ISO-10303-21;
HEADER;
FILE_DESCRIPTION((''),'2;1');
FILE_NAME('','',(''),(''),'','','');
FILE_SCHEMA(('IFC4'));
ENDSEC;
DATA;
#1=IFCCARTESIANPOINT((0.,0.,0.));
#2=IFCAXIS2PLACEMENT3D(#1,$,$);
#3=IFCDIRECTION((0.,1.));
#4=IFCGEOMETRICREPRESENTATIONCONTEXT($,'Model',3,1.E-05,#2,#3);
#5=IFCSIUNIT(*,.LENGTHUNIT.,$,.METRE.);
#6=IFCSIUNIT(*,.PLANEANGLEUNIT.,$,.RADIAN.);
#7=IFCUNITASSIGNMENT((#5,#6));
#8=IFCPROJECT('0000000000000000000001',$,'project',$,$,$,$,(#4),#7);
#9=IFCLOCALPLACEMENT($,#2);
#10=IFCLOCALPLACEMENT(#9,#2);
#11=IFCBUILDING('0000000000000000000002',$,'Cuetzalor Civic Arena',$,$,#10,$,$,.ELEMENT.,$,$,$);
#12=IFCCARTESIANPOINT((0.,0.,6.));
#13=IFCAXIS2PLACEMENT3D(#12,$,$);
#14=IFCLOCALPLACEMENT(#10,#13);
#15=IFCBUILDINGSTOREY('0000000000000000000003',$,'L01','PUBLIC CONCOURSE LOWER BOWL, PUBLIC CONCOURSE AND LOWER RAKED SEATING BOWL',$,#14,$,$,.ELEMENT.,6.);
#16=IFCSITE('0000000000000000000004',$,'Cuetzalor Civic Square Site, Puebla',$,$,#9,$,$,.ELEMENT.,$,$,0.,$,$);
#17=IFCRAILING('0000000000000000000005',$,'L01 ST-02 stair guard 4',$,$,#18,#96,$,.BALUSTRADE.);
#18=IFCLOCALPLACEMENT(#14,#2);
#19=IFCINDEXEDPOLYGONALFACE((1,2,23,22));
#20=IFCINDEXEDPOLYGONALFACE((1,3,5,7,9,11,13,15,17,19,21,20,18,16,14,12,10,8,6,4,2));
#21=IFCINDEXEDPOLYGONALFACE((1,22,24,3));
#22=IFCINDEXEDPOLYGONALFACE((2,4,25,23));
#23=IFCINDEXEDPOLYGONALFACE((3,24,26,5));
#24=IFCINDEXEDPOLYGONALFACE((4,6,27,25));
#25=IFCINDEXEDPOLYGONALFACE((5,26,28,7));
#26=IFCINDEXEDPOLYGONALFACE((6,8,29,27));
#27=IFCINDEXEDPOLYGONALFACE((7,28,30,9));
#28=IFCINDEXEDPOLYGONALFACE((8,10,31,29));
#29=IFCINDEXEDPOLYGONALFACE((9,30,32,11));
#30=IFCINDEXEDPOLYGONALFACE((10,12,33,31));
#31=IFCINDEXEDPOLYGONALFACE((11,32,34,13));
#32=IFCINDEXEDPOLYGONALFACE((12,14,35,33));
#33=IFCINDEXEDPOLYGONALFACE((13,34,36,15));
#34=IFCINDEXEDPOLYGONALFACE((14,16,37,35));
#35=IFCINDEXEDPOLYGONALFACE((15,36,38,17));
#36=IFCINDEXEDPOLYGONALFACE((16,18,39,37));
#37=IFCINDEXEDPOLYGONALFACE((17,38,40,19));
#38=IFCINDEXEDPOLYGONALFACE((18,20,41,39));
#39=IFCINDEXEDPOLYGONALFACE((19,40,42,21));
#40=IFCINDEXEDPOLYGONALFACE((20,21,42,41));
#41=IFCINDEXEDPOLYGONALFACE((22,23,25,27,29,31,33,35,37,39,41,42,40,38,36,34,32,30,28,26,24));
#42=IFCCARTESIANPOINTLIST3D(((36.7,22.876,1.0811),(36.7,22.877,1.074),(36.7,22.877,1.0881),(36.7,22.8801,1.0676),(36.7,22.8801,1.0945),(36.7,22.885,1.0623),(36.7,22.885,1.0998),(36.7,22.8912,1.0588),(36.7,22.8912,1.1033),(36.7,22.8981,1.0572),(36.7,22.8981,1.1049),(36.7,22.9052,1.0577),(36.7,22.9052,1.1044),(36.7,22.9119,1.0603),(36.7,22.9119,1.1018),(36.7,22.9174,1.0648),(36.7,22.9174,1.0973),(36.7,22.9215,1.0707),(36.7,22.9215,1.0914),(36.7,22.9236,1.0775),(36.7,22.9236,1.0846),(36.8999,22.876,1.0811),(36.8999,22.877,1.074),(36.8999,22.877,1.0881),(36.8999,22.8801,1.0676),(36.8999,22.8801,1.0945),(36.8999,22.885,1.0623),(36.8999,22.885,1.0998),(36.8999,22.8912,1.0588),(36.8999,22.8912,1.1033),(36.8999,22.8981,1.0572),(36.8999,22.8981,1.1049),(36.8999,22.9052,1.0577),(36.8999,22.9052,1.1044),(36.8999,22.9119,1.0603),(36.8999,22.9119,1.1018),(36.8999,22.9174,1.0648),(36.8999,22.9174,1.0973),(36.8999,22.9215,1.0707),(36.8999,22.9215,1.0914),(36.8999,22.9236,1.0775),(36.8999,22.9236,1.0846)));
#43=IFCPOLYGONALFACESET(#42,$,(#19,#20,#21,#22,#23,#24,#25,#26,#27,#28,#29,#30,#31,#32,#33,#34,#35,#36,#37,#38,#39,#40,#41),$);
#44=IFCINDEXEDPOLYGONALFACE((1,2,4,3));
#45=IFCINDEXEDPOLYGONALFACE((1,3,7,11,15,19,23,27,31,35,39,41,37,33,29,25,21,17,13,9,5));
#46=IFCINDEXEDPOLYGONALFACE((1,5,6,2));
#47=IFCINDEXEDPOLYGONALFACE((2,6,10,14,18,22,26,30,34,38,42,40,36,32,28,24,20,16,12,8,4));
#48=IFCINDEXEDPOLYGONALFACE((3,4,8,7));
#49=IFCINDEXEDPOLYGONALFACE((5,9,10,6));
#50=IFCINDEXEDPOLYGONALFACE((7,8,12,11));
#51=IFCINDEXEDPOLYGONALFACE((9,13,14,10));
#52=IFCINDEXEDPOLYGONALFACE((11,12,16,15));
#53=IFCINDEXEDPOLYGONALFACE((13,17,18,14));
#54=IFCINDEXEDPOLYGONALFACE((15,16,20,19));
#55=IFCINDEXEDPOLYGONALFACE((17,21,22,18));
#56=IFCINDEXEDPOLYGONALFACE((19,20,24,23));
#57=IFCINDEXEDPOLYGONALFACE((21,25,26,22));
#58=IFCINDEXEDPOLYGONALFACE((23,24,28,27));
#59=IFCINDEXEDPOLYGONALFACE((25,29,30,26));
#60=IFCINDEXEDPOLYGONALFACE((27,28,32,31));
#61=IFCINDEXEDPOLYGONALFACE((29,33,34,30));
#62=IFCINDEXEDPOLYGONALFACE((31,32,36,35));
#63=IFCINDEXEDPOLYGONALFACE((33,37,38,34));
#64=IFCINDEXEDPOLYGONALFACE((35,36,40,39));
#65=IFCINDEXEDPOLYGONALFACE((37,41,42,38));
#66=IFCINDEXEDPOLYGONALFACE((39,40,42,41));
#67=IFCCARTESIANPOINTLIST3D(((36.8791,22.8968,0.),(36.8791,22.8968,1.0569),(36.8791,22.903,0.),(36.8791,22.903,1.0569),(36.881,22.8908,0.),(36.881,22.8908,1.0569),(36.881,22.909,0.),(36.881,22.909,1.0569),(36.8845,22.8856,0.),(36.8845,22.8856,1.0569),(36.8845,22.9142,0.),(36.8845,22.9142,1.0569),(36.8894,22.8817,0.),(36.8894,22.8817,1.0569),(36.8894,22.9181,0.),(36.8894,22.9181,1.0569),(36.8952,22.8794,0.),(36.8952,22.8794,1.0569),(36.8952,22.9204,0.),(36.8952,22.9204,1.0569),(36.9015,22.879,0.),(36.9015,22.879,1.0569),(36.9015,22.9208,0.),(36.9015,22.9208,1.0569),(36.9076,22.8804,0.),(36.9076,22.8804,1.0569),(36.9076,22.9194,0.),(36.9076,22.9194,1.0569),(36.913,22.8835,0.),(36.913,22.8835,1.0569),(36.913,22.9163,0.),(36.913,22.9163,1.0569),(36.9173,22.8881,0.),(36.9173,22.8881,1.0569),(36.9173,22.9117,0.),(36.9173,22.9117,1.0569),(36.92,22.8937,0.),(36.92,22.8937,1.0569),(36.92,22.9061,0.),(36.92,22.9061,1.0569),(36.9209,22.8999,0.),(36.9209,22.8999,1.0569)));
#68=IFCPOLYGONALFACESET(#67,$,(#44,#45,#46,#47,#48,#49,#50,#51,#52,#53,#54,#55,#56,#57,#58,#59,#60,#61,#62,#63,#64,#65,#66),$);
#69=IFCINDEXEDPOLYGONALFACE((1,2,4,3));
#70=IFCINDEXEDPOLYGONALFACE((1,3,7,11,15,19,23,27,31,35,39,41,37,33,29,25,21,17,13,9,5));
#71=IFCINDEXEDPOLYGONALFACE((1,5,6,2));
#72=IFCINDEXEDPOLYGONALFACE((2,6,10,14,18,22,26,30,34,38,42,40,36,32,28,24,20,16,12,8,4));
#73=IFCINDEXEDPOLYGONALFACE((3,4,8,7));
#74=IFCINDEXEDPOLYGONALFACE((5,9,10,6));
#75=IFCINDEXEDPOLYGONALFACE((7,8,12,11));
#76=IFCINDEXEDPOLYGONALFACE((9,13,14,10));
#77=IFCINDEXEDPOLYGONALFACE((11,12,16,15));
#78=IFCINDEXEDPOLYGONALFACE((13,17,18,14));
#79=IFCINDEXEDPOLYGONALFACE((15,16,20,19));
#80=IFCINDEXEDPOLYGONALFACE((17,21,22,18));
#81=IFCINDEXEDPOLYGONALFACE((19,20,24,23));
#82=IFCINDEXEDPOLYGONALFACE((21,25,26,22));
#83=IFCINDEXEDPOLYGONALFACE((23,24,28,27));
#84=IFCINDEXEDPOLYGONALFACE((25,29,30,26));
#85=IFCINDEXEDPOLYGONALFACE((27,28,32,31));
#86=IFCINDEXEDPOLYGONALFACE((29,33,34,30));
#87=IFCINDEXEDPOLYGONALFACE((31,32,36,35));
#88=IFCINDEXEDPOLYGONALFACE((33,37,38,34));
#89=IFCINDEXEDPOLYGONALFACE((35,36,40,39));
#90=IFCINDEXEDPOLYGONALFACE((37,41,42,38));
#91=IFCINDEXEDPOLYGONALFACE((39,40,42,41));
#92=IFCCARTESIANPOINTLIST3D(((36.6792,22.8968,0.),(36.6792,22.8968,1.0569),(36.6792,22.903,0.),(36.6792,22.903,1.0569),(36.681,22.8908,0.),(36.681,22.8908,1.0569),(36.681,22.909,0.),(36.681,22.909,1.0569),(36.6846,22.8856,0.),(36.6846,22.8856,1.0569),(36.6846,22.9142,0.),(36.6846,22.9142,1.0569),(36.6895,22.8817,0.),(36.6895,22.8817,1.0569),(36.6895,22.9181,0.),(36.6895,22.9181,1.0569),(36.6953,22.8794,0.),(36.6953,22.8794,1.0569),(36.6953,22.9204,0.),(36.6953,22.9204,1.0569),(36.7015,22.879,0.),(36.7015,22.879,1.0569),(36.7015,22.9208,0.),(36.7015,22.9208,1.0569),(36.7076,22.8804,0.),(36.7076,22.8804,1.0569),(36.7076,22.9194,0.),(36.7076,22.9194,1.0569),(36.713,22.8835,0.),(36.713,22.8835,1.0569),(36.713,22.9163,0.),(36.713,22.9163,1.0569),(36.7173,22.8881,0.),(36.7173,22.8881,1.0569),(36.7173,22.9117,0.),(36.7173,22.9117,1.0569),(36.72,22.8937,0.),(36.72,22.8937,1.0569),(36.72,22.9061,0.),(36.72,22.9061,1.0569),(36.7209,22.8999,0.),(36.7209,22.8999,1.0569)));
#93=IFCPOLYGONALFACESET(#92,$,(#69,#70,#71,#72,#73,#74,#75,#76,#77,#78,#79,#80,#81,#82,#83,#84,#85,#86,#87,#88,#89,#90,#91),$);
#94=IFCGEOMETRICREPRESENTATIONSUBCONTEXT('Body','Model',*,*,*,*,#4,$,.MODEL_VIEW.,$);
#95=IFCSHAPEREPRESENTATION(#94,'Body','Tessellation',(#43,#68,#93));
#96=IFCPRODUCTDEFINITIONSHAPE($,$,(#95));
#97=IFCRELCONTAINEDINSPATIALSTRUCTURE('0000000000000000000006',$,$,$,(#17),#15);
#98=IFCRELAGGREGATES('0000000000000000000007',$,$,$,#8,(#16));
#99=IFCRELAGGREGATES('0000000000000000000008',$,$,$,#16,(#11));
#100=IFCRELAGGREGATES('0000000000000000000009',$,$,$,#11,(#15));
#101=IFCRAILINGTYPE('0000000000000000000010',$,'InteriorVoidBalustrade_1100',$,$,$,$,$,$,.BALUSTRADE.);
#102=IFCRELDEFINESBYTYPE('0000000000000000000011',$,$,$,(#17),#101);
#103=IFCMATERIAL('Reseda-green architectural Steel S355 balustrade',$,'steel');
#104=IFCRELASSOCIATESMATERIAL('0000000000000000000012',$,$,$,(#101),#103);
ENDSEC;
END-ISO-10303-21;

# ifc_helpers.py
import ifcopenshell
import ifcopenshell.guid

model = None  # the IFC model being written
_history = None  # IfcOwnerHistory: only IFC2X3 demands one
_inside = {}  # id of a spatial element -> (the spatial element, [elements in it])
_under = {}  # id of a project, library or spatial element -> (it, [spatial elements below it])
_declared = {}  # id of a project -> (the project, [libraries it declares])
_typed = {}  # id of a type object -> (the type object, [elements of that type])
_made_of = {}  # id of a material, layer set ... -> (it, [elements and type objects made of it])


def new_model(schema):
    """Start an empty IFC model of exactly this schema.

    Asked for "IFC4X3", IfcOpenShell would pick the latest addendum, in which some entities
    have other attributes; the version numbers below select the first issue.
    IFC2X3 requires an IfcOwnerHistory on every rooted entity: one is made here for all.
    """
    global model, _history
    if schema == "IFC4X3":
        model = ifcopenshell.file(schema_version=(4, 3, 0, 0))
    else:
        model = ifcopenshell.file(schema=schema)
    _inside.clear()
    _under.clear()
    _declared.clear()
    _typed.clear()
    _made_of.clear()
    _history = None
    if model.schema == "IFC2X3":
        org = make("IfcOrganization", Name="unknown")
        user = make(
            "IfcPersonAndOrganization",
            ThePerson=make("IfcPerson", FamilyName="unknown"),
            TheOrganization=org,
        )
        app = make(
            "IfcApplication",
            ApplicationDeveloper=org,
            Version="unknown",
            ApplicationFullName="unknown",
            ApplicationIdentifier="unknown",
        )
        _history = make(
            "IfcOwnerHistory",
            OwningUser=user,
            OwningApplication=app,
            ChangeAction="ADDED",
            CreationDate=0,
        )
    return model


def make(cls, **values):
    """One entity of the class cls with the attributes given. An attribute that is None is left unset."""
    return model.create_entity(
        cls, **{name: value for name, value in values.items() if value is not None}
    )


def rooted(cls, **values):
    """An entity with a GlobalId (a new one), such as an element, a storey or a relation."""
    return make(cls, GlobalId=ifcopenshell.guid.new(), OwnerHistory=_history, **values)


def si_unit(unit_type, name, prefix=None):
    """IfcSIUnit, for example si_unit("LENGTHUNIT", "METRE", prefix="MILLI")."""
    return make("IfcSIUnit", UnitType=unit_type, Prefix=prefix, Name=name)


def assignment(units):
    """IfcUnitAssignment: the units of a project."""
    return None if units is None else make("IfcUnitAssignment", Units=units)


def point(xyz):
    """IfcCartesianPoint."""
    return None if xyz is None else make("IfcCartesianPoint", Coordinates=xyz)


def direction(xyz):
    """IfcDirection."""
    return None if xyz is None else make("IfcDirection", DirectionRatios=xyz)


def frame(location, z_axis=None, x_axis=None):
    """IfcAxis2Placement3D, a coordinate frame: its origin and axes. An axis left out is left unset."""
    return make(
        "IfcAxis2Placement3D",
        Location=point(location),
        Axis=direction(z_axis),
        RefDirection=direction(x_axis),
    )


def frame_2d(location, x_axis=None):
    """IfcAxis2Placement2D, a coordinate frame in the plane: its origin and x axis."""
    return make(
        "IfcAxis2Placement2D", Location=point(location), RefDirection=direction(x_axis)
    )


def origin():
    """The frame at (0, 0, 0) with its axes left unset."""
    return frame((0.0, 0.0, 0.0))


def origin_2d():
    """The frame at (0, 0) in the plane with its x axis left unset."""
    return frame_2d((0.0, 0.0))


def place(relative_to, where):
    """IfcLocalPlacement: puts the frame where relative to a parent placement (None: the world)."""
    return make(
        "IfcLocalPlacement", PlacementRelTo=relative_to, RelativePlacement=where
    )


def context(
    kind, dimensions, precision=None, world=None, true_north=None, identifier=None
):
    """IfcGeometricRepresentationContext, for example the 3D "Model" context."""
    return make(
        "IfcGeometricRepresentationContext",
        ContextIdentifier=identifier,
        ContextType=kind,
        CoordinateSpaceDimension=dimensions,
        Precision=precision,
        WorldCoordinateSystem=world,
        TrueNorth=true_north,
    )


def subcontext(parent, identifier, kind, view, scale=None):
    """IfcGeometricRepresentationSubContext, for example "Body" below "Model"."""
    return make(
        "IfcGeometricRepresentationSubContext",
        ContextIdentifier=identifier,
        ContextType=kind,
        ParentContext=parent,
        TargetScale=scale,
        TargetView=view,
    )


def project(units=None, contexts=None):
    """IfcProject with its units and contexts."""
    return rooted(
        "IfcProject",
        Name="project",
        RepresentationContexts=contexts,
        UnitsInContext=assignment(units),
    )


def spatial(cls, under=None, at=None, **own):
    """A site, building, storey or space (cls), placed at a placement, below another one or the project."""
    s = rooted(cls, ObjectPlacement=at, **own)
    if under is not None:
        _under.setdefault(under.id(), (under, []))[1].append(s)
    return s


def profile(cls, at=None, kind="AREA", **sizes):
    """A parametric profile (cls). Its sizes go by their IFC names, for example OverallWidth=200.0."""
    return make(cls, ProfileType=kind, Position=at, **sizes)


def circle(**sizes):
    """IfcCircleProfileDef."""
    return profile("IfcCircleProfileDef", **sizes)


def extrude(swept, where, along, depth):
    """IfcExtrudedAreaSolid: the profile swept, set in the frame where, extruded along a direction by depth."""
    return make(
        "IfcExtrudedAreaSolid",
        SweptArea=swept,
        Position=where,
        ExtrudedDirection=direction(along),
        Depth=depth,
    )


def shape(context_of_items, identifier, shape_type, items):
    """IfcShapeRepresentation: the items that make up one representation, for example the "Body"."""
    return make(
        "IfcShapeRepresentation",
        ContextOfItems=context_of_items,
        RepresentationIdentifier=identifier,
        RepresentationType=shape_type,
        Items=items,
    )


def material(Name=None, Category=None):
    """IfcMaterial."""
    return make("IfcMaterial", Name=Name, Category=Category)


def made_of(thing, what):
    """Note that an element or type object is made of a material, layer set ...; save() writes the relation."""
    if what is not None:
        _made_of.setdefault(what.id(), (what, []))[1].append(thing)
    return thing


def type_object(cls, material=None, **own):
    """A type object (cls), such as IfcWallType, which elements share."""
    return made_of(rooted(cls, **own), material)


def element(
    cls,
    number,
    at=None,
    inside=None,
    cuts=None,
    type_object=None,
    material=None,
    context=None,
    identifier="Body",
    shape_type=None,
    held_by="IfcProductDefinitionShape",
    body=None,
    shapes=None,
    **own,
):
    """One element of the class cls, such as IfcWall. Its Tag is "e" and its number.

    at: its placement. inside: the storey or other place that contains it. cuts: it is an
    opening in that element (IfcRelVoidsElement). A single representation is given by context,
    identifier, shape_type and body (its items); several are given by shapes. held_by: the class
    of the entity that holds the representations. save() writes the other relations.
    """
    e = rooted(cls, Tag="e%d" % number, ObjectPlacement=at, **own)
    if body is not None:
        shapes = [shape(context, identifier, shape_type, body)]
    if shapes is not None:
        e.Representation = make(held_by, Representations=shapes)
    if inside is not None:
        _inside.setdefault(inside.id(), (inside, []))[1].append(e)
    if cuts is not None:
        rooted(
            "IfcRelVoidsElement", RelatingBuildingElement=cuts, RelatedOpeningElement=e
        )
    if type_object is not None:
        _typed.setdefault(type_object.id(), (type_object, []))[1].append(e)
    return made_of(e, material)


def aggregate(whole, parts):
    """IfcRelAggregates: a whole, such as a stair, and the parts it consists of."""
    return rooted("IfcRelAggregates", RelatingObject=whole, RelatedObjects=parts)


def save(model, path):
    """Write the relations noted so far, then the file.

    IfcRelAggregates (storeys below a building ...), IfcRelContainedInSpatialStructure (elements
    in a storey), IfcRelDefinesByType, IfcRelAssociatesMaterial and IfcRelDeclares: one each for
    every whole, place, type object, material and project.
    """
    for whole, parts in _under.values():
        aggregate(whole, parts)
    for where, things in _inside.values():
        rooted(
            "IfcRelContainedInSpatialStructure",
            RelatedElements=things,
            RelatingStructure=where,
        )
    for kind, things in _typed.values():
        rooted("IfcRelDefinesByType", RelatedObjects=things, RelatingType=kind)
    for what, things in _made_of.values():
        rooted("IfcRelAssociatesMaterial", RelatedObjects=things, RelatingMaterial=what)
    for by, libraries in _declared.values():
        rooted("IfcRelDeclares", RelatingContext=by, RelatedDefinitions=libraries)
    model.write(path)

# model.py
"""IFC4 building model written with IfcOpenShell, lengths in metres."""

from ifc_helpers import new_model, si_unit, direction, frame, origin, origin_2d, place, context, subcontext, project, spatial, circle, extrude, material, type_object, element, save


model = new_model("IFC4")

# Units and contexts
model_context = context("Model", 3, precision=1e-05, world=origin(), true_north=direction((0.0, 1.0)))
body_context = subcontext(model_context, "Body", "Model", "MODEL_VIEW")
ifc_project = project(units=[si_unit("LENGTHUNIT", "METRE"), si_unit("PLANEANGLEUNIT", "RADIAN")], contexts=[model_context])

# Site, building, storey
site_placement = place(None, origin())
site = spatial("IfcSite", under=ifc_project, at=site_placement, Name="Cuetzalor Civic Square Site, Puebla", CompositionType="ELEMENT", RefElevation=0.0)
building_placement = place(site_placement, origin())
building = spatial("IfcBuilding", under=site, at=building_placement, Name="Cuetzalor Civic Arena", CompositionType="ELEMENT")
storey_placement = place(building_placement, frame((0.0, 0.0, 6.0)))
storey = spatial("IfcBuildingStorey", under=building, at=storey_placement, Name="L01", Description="PUBLIC CONCOURSE LOWER BOWL, PUBLIC CONCOURSE AND LOWER RAKED SEATING BOWL", CompositionType="ELEMENT", Elevation=6.0)

# Railing
ifc_material_1 = material(Name="Reseda-green architectural Steel S355 balustrade", Category="steel")
railing_type_1 = type_object("IfcRailingType", Name="InteriorVoidBalustrade_1100", PredefinedType="BALUSTRADE", material=ifc_material_1)
railing_1_placement = place(storey_placement, frame((36.8999, 22.8999, 0.0)))
element("IfcRailing", 1, at=railing_1_placement, inside=storey, type_object=railing_type_1, Name="L01 ST-02 stair guard 4", PredefinedType="BALUSTRADE", context=body_context, shape_type="SweptSolid", body=[
    extrude(circle(Radius=0.0239, at=origin_2d()), frame((0.0, 0.0, 1.0811), z_axis=(-1.0, 0.0, 0.0), x_axis=(0.0, -1.0, 0.0)), (0.0, 0.0, 1.0), 0.2),
    extrude(circle(Radius=0.021, at=origin_2d()), origin(), (0.0, 0.0, 1.0), 1.0569),
    extrude(circle(Radius=0.021, at=origin_2d()), frame((-0.2, 0.0, 0.0)), (0.0, 0.0, 1.0), 1.0569),
])

save(model, "model.ifc")
